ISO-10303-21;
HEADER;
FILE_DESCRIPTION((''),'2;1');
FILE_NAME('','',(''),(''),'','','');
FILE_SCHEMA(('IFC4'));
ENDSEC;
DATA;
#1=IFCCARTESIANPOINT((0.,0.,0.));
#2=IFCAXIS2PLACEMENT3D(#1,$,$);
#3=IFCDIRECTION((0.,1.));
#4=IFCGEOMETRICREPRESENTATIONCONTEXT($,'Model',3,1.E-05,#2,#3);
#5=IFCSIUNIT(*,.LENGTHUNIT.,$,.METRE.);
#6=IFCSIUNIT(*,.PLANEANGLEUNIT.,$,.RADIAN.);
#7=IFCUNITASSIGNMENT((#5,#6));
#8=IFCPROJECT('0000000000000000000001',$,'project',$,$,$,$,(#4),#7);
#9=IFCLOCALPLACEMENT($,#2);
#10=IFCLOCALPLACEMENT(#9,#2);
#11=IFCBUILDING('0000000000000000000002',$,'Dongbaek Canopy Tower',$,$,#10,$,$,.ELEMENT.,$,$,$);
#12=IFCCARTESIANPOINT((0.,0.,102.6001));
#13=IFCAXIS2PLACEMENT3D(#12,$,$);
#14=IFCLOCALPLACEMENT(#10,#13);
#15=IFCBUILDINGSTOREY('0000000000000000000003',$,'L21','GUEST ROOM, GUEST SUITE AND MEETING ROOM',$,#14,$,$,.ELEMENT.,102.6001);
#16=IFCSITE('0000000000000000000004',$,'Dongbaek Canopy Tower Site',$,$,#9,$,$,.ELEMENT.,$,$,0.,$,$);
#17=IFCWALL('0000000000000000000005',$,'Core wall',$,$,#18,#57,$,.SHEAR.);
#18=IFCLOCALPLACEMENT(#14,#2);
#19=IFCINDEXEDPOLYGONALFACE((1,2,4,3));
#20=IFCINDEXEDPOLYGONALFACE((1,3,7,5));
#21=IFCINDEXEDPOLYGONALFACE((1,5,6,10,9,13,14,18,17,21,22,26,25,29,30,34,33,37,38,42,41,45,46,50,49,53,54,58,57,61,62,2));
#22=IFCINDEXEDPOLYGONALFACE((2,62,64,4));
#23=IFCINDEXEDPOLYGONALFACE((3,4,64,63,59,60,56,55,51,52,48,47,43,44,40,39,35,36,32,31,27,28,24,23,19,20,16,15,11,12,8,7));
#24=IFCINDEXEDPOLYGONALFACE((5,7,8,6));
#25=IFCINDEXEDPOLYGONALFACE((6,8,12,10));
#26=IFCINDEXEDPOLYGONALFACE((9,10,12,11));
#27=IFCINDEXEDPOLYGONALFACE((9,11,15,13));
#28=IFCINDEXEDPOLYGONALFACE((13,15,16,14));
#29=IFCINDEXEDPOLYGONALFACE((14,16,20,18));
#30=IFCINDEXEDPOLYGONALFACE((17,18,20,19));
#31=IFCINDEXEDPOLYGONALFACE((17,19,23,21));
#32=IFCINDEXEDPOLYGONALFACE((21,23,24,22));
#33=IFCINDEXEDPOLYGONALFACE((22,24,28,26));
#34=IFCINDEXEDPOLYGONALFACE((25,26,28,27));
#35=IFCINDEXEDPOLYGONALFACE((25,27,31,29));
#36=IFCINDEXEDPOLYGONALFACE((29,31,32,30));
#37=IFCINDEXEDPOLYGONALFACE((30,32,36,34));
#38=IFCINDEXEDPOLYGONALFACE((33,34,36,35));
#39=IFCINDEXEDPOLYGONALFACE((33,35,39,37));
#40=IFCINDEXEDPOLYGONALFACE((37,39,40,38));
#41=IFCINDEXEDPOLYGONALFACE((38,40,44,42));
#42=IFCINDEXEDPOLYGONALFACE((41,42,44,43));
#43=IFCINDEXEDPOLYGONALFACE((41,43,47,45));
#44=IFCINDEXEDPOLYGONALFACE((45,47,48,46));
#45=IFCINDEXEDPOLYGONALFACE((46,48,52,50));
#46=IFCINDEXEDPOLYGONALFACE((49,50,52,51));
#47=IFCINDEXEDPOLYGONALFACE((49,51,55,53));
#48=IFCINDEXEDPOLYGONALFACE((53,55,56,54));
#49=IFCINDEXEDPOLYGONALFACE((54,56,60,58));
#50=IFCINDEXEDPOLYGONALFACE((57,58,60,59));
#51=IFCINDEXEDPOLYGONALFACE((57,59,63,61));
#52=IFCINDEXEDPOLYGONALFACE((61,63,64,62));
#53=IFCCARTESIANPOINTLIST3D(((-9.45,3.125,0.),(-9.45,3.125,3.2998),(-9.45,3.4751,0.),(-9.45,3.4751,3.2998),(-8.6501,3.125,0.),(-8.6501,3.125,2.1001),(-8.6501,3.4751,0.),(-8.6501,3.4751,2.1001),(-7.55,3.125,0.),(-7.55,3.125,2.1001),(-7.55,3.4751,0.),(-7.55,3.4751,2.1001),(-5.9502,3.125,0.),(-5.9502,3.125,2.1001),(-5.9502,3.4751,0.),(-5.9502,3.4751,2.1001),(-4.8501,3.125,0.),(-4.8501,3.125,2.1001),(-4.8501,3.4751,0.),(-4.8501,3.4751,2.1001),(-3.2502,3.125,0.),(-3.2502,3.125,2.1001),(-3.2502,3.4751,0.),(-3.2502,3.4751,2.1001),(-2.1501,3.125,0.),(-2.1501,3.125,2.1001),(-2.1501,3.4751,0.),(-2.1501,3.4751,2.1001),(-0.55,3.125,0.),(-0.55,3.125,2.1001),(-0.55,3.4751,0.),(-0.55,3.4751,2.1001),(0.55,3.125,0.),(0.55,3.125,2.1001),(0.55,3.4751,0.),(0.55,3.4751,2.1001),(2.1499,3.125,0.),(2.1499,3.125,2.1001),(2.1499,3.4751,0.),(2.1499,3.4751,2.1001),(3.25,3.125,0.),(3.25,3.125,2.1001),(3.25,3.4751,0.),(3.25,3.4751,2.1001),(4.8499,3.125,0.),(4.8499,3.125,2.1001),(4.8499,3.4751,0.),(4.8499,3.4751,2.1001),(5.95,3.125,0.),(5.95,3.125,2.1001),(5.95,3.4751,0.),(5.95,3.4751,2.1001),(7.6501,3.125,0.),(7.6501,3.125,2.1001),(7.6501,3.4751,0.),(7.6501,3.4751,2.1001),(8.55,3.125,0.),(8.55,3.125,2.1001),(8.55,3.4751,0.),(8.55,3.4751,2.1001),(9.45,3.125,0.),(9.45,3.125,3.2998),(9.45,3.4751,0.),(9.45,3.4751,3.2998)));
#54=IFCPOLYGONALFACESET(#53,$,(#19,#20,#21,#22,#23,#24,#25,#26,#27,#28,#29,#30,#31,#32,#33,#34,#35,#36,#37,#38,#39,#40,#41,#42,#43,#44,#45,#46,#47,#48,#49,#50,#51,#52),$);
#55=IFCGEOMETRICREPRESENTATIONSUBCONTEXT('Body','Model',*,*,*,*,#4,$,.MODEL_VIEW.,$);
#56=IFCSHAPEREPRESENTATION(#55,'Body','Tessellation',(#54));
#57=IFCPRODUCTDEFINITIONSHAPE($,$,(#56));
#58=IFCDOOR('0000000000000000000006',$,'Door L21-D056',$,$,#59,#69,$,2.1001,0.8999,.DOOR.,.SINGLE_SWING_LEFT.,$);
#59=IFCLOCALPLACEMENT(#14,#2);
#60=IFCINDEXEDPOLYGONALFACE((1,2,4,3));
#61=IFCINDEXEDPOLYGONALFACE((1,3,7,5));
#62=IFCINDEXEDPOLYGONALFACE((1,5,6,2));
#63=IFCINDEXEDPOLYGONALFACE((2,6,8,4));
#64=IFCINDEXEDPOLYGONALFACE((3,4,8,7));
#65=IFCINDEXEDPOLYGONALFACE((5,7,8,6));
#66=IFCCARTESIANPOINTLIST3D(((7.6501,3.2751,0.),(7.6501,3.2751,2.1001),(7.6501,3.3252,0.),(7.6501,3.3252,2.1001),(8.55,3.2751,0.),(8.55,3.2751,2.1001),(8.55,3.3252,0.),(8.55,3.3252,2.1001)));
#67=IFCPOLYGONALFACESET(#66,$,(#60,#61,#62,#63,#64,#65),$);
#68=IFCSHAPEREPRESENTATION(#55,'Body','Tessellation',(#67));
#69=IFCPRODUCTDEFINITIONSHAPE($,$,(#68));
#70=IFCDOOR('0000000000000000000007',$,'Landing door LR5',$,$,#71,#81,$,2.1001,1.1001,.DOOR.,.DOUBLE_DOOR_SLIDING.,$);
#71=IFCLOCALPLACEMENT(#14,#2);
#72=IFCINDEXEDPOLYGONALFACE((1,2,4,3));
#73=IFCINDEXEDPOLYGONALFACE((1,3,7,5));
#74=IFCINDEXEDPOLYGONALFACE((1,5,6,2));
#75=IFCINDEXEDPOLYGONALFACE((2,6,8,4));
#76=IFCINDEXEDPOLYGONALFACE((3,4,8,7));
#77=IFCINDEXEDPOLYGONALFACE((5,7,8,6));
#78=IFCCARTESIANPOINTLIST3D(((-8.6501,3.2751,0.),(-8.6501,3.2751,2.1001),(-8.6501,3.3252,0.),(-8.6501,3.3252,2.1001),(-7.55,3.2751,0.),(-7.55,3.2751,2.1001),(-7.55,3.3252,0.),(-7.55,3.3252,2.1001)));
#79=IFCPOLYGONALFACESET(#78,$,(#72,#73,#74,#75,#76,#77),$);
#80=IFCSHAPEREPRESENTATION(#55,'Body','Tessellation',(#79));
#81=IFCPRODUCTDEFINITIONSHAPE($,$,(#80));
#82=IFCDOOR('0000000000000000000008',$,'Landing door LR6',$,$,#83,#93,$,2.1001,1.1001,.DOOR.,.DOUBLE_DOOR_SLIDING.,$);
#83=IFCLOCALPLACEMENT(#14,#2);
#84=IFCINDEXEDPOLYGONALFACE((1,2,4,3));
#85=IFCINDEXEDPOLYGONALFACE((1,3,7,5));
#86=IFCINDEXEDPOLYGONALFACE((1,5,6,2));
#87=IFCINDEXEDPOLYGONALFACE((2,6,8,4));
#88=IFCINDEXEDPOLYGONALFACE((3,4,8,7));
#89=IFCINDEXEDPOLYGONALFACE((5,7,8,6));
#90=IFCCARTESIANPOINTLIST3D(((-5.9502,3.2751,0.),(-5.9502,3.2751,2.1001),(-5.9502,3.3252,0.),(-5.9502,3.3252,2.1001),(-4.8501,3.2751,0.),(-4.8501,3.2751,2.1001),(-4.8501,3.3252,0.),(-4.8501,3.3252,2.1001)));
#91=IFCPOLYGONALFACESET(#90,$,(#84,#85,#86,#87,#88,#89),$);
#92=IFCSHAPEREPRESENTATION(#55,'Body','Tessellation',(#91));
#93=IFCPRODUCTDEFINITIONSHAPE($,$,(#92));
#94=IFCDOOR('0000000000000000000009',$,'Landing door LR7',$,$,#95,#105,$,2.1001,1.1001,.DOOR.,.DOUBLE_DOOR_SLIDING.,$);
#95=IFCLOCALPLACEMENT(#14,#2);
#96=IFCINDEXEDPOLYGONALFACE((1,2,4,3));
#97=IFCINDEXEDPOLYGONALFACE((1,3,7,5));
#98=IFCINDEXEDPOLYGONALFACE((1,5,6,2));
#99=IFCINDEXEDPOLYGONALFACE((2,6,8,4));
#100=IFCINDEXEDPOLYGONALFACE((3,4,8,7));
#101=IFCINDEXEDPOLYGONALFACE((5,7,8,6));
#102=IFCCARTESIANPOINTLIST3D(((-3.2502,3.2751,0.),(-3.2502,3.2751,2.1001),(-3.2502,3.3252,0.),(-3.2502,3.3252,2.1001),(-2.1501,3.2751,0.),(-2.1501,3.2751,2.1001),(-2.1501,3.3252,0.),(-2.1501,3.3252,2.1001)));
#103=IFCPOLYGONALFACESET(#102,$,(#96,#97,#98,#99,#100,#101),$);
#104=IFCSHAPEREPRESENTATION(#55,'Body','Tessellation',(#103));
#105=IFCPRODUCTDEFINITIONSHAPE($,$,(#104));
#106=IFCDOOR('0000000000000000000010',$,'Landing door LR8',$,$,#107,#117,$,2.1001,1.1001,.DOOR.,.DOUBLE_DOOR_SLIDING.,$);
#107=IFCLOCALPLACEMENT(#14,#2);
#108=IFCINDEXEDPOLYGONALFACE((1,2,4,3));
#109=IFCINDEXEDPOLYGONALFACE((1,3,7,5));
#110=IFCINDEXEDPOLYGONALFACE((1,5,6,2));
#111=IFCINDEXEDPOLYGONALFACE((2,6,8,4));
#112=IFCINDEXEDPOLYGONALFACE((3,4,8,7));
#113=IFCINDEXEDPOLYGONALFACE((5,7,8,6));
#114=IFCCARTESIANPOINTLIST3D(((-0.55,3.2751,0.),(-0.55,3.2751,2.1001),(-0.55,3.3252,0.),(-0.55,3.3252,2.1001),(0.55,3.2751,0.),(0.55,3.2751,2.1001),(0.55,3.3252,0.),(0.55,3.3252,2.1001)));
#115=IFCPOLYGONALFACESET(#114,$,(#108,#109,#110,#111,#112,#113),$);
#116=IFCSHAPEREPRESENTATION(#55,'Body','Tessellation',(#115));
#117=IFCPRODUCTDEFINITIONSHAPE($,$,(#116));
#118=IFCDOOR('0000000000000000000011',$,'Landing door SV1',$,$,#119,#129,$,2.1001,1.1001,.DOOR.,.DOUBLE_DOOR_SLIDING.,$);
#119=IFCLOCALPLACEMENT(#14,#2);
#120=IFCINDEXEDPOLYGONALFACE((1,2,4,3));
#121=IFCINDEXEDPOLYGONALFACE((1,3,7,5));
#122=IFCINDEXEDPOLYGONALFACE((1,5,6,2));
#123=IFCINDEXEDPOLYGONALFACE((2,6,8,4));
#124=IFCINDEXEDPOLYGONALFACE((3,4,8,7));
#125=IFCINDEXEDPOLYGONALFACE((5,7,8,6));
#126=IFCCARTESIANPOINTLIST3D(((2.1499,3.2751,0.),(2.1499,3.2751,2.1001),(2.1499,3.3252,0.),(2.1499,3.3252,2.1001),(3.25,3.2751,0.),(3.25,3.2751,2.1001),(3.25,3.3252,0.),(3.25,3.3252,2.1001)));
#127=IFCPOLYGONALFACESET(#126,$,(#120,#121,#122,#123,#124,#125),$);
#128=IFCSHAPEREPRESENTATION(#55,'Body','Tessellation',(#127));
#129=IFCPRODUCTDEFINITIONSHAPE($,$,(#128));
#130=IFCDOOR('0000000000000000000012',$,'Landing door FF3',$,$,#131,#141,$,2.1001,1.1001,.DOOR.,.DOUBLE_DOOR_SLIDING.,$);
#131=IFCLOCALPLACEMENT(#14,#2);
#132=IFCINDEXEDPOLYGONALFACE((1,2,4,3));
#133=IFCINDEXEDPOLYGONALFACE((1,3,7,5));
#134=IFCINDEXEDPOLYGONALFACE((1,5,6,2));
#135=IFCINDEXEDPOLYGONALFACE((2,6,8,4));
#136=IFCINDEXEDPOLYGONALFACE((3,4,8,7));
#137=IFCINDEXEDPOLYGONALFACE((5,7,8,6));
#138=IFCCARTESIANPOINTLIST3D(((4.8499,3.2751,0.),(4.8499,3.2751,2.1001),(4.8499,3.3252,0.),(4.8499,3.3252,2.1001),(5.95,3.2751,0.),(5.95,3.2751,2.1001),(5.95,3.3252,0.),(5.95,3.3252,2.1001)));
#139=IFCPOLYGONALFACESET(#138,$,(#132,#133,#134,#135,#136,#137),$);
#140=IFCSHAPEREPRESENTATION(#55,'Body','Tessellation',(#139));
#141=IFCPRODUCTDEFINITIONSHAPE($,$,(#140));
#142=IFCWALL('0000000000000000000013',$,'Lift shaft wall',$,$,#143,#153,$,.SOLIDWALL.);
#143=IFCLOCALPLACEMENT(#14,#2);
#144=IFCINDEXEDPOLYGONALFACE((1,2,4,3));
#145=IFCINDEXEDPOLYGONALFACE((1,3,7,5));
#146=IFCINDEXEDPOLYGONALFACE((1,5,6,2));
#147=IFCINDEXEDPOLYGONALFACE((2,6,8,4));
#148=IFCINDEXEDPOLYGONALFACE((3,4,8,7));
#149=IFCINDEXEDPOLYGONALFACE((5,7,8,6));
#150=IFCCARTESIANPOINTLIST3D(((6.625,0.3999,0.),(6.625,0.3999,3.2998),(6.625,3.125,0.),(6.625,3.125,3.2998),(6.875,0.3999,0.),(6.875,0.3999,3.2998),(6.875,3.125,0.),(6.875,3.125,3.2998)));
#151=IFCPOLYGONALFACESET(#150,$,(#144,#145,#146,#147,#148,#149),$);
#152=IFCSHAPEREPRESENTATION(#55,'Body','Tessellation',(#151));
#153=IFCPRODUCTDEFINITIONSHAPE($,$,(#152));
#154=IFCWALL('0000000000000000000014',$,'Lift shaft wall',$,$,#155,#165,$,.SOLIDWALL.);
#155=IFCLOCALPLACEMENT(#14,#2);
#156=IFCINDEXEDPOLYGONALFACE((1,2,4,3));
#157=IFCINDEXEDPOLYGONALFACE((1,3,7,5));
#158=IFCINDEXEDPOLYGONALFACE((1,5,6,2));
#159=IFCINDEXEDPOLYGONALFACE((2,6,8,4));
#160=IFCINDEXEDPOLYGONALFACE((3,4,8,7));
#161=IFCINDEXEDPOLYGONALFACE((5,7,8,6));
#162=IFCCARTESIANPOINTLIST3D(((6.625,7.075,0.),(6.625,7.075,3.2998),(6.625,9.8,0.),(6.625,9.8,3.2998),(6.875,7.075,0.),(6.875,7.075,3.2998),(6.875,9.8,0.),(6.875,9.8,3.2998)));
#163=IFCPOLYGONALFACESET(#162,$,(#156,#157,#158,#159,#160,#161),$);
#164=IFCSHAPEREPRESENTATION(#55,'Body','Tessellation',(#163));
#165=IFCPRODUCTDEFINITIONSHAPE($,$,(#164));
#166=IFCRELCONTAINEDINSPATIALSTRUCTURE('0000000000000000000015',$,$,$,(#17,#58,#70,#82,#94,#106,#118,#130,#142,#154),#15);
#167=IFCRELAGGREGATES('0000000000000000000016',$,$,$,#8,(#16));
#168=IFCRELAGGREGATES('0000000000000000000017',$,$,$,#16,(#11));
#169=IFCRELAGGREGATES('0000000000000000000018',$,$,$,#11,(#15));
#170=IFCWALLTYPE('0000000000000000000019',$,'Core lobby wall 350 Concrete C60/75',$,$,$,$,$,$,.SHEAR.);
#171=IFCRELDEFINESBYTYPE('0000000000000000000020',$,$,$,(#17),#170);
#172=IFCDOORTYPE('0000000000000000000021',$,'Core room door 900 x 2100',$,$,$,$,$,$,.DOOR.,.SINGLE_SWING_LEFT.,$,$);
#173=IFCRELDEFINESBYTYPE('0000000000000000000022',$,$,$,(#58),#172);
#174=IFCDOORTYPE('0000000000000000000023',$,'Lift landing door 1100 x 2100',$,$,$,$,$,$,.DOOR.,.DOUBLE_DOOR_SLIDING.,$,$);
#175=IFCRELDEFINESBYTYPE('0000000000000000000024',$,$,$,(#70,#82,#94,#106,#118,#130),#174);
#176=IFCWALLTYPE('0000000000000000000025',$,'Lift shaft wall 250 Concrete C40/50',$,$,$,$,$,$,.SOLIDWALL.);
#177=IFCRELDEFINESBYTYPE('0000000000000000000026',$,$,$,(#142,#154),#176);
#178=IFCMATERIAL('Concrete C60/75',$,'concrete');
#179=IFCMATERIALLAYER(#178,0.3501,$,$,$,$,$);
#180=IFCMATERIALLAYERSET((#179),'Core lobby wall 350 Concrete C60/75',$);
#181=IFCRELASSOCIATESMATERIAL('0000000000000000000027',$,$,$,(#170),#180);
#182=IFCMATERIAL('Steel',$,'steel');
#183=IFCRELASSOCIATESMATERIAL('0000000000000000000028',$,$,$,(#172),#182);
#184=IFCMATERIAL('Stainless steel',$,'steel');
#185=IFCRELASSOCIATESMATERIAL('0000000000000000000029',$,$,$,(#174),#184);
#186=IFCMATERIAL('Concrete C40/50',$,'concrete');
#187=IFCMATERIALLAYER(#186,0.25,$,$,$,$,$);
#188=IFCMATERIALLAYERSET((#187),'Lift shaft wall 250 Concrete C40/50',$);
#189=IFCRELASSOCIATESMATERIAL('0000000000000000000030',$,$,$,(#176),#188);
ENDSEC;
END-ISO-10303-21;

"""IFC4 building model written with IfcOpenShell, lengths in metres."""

from ifc_helpers import new_model, si_unit, direction, frame, frame_2d, origin, place, context, subcontext, project, spatial, rectangle, extrude, material, layer, layer_set, type_object, element, fill, save


model = new_model("IFC4")

# Units and contexts
model_context = context("Model", 3, precision=1e-05, world=origin(), true_north=direction((0.0, 1.0)))
body_context = subcontext(model_context, "Body", "Model", "MODEL_VIEW")
ifc_project = project(units=[si_unit("LENGTHUNIT", "METRE"), si_unit("PLANEANGLEUNIT", "RADIAN")], contexts=[model_context])

# Site, building, storey
site_placement = place(None, origin())
site = spatial("IfcSite", under=ifc_project, at=site_placement, Name="Dongbaek Canopy Tower Site", CompositionType="ELEMENT", RefElevation=0.0)
building_placement = place(site_placement, origin())
building = spatial("IfcBuilding", under=site, at=building_placement, Name="Dongbaek Canopy Tower", CompositionType="ELEMENT")
storey_placement = place(building_placement, frame((0.0, 0.0, 102.6001)))
storey = spatial("IfcBuildingStorey", under=building, at=storey_placement, Name="L21", Description="GUEST ROOM, GUEST SUITE AND MEETING ROOM", CompositionType="ELEMENT", Elevation=102.6001)

# Wall, openings, doors
ifc_material_1 = material(Name="Concrete C60/75", Category="concrete")
ifc_layer_1 = layer(ifc_material_1, 0.3501)
ifc_layer_set_1 = layer_set([ifc_layer_1], Name="Core lobby wall 350 Concrete C60/75")
wall_type_1 = type_object("IfcWallType", Name="Core lobby wall 350 Concrete C60/75", PredefinedType="SHEAR", material=ifc_layer_set_1)
wall_1_placement = place(storey_placement, frame((9.45, 3.3, 0.0), z_axis=(0.0, 0.0, 1.0), x_axis=(-1.0, 0.0, 0.0)))
wall_1 = element("IfcWall", 1, at=wall_1_placement, inside=storey, type_object=wall_type_1, Name="Core wall", PredefinedType="SHEAR", context=body_context, shape_type="SweptSolid", body=[
    extrude(rectangle(XDim=18.8999, YDim=0.3501, at=frame_2d((9.45, 0.0))), origin(), (0.0, 0.0, 1.0), 3.2998),
])
opening_1_placement = place(wall_1_placement, frame((17.0, 0.0, 0.0)))
opening_1 = element("IfcOpeningElement", 2, at=opening_1_placement, cuts=wall_1, PredefinedType="OPENING", context=body_context, shape_type="SweptSolid", body=[
    extrude(rectangle(XDim=1.1001, YDim=2.1001, at=frame_2d((0.55, 1.05))), frame((0.0, 0.1851, 0.0), z_axis=(0.0, -1.0, 0.0), x_axis=(1.0, 0.0, 0.0)), (0.0, 0.0, 1.0), 0.3701),
])
opening_2_placement = place(wall_1_placement, frame((14.3, 0.0, 0.0)))
opening_2 = element("IfcOpeningElement", 3, at=opening_2_placement, cuts=wall_1, PredefinedType="OPENING", context=body_context, shape_type="SweptSolid", body=[
    extrude(rectangle(XDim=1.1001, YDim=2.1001, at=frame_2d((0.55, 1.05))), frame((0.0, 0.1851, 0.0), z_axis=(0.0, -1.0, 0.0), x_axis=(1.0, 0.0, 0.0)), (0.0, 0.0, 1.0), 0.3701),
])
opening_3_placement = place(wall_1_placement, frame((11.6001, 0.0, 0.0)))
opening_3 = element("IfcOpeningElement", 4, at=opening_3_placement, cuts=wall_1, PredefinedType="OPENING", context=body_context, shape_type="SweptSolid", body=[
    extrude(rectangle(XDim=1.1001, YDim=2.1001, at=frame_2d((0.55, 1.05))), frame((0.0, 0.1851, 0.0), z_axis=(0.0, -1.0, 0.0), x_axis=(1.0, 0.0, 0.0)), (0.0, 0.0, 1.0), 0.3701),
])
opening_4_placement = place(wall_1_placement, frame((8.8999, 0.0, 0.0)))
opening_4 = element("IfcOpeningElement", 5, at=opening_4_placement, cuts=wall_1, PredefinedType="OPENING", context=body_context, shape_type="SweptSolid", body=[
    extrude(rectangle(XDim=1.1001, YDim=2.1001, at=frame_2d((0.55, 1.05))), frame((0.0, 0.1851, 0.0), z_axis=(0.0, -1.0, 0.0), x_axis=(1.0, 0.0, 0.0)), (0.0, 0.0, 1.0), 0.3701),
])
opening_5_placement = place(wall_1_placement, frame((6.2, 0.0, 0.0)))
opening_5 = element("IfcOpeningElement", 6, at=opening_5_placement, cuts=wall_1, PredefinedType="OPENING", context=body_context, shape_type="SweptSolid", body=[
    extrude(rectangle(XDim=1.1001, YDim=2.1001, at=frame_2d((0.55, 1.05))), frame((0.0, 0.1851, 0.0), z_axis=(0.0, -1.0, 0.0), x_axis=(1.0, 0.0, 0.0)), (0.0, 0.0, 1.0), 0.3701),
])
opening_6_placement = place(wall_1_placement, frame((3.5, 0.0, 0.0)))
opening_6 = element("IfcOpeningElement", 7, at=opening_6_placement, cuts=wall_1, PredefinedType="OPENING", context=body_context, shape_type="SweptSolid", body=[
    extrude(rectangle(XDim=1.1001, YDim=2.1001, at=frame_2d((0.55, 1.05))), frame((0.0, 0.1851, 0.0), z_axis=(0.0, -1.0, 0.0), x_axis=(1.0, 0.0, 0.0)), (0.0, 0.0, 1.0), 0.3701),
])
opening_7_placement = place(wall_1_placement, frame((0.8999, 0.0, 0.0)))
opening_7 = element("IfcOpeningElement", 8, at=opening_7_placement, cuts=wall_1, PredefinedType="OPENING", context=body_context, shape_type="SweptSolid", body=[
    extrude(rectangle(XDim=0.8999, YDim=2.1001, at=frame_2d((0.45, 1.05))), frame((0.0, 0.1851, 0.0), z_axis=(0.0, -1.0, 0.0), x_axis=(1.0, 0.0, 0.0)), (0.0, 0.0, 1.0), 0.3701),
])
ifc_material_2 = material(Name="Steel", Category="steel")
door_type_1 = type_object("IfcDoorType", Name="Core room door 900 x 2100", OperationType="SINGLE_SWING_LEFT", PredefinedType="DOOR", material=ifc_material_2)
door_1_placement = place(opening_7_placement, origin())
door_1 = element("IfcDoor", 9, at=door_1_placement, inside=storey, type_object=door_type_1, Name="Door L21-D056", OperationType="SINGLE_SWING_LEFT", OverallHeight=2.1001, OverallWidth=0.8999, PredefinedType="DOOR", context=body_context, shape_type="SweptSolid", body=[
    extrude(rectangle(XDim=0.8999, YDim=2.1001, at=frame_2d((0.45, 1.05))), frame((0.0, 0.0249, 0.0), z_axis=(0.0, -1.0, 0.0), x_axis=(1.0, 0.0, 0.0)), (0.0, 0.0, 1.0), 0.05),
])
fill(opening_7, door_1)
ifc_material_3 = material(Name="Stainless steel", Category="steel")
door_type_2 = type_object("IfcDoorType", Name="Lift landing door 1100 x 2100", OperationType="DOUBLE_DOOR_SLIDING", PredefinedType="DOOR", material=ifc_material_3)
door_2_placement = place(opening_1_placement, origin())
door_2 = element("IfcDoor", 10, at=door_2_placement, inside=storey, type_object=door_type_2, Name="Landing door LR5", OperationType="DOUBLE_DOOR_SLIDING", OverallHeight=2.1001, OverallWidth=1.1001, PredefinedType="DOOR", context=body_context, shape_type="SweptSolid", body=[
    extrude(rectangle(XDim=1.1001, YDim=2.1001, at=frame_2d((0.55, 1.05))), frame((0.0, 0.0249, 0.0), z_axis=(0.0, -1.0, 0.0), x_axis=(1.0, 0.0, 0.0)), (0.0, 0.0, 1.0), 0.05),
])
fill(opening_1, door_2)
door_3_placement = place(opening_2_placement, origin())
door_3 = element("IfcDoor", 11, at=door_3_placement, inside=storey, type_object=door_type_2, Name="Landing door LR6", OperationType="DOUBLE_DOOR_SLIDING", OverallHeight=2.1001, OverallWidth=1.1001, PredefinedType="DOOR", context=body_context, shape_type="SweptSolid", body=[
    extrude(rectangle(XDim=1.1001, YDim=2.1001, at=frame_2d((0.55, 1.05))), frame((0.0, 0.0249, 0.0), z_axis=(0.0, -1.0, 0.0), x_axis=(1.0, 0.0, 0.0)), (0.0, 0.0, 1.0), 0.05),
])
fill(opening_2, door_3)
door_4_placement = place(opening_3_placement, origin())
door_4 = element("IfcDoor", 12, at=door_4_placement, inside=storey, type_object=door_type_2, Name="Landing door LR7", OperationType="DOUBLE_DOOR_SLIDING", OverallHeight=2.1001, OverallWidth=1.1001, PredefinedType="DOOR", context=body_context, shape_type="SweptSolid", body=[
    extrude(rectangle(XDim=1.1001, YDim=2.1001, at=frame_2d((0.55, 1.05))), frame((0.0, 0.0249, 0.0), z_axis=(0.0, -1.0, 0.0), x_axis=(1.0, 0.0, 0.0)), (0.0, 0.0, 1.0), 0.05),
])
fill(opening_3, door_4)
door_5_placement = place(opening_4_placement, origin())
door_5 = element("IfcDoor", 13, at=door_5_placement, inside=storey, type_object=door_type_2, Name="Landing door LR8", OperationType="DOUBLE_DOOR_SLIDING", OverallHeight=2.1001, OverallWidth=1.1001, PredefinedType="DOOR", context=body_context, shape_type="SweptSolid", body=[
    extrude(rectangle(XDim=1.1001, YDim=2.1001, at=frame_2d((0.55, 1.05))), frame((0.0, 0.0249, 0.0), z_axis=(0.0, -1.0, 0.0), x_axis=(1.0, 0.0, 0.0)), (0.0, 0.0, 1.0), 0.05),
])
fill(opening_4, door_5)
door_6_placement = place(opening_5_placement, origin())
door_6 = element("IfcDoor", 14, at=door_6_placement, inside=storey, type_object=door_type_2, Name="Landing door SV1", OperationType="DOUBLE_DOOR_SLIDING", OverallHeight=2.1001, OverallWidth=1.1001, PredefinedType="DOOR", context=body_context, shape_type="SweptSolid", body=[
    extrude(rectangle(XDim=1.1001, YDim=2.1001, at=frame_2d((0.55, 1.05))), frame((0.0, 0.0249, 0.0), z_axis=(0.0, -1.0, 0.0), x_axis=(1.0, 0.0, 0.0)), (0.0, 0.0, 1.0), 0.05),
])
fill(opening_5, door_6)
door_7_placement = place(opening_6_placement, origin())
door_7 = element("IfcDoor", 15, at=door_7_placement, inside=storey, type_object=door_type_2, Name="Landing door FF3", OperationType="DOUBLE_DOOR_SLIDING", OverallHeight=2.1001, OverallWidth=1.1001, PredefinedType="DOOR", context=body_context, shape_type="SweptSolid", body=[
    extrude(rectangle(XDim=1.1001, YDim=2.1001, at=frame_2d((0.55, 1.05))), frame((0.0, 0.0249, 0.0), z_axis=(0.0, -1.0, 0.0), x_axis=(1.0, 0.0, 0.0)), (0.0, 0.0, 1.0), 0.05),
])
fill(opening_6, door_7)

# Walls
ifc_material_4 = material(Name="Concrete C40/50", Category="concrete")
ifc_layer_2 = layer(ifc_material_4, 0.25)
ifc_layer_set_2 = layer_set([ifc_layer_2], Name="Lift shaft wall 250 Concrete C40/50")
wall_type_2 = type_object("IfcWallType", Name="Lift shaft wall 250 Concrete C40/50", PredefinedType="SOLIDWALL", material=ifc_layer_set_2)
for number, where, z_axis, x_axis, name in (
    (16, (6.75, 0.3999, 0.0), (0.0, 0.0, 1.0), (0.0, 1.0, 0.0), "Lift shaft wall"),
    (17, (6.75, 7.075, 0.0), (0.0, 0.0, 1.0), (0.0, 1.0, 0.0), "Lift shaft wall"),
):
    element("IfcWall", number, at=place(storey_placement, frame(where, z_axis=z_axis, x_axis=x_axis)), inside=storey, type_object=wall_type_2, Name=name, PredefinedType="SOLIDWALL", context=body_context, shape_type="SweptSolid", body=[
        extrude(rectangle(XDim=2.7251, YDim=0.25, at=frame_2d((1.3625, 0.0))), origin(), (0.0, 0.0, 1.0), 3.2998),
    ])

save(model, "model.ifc")
